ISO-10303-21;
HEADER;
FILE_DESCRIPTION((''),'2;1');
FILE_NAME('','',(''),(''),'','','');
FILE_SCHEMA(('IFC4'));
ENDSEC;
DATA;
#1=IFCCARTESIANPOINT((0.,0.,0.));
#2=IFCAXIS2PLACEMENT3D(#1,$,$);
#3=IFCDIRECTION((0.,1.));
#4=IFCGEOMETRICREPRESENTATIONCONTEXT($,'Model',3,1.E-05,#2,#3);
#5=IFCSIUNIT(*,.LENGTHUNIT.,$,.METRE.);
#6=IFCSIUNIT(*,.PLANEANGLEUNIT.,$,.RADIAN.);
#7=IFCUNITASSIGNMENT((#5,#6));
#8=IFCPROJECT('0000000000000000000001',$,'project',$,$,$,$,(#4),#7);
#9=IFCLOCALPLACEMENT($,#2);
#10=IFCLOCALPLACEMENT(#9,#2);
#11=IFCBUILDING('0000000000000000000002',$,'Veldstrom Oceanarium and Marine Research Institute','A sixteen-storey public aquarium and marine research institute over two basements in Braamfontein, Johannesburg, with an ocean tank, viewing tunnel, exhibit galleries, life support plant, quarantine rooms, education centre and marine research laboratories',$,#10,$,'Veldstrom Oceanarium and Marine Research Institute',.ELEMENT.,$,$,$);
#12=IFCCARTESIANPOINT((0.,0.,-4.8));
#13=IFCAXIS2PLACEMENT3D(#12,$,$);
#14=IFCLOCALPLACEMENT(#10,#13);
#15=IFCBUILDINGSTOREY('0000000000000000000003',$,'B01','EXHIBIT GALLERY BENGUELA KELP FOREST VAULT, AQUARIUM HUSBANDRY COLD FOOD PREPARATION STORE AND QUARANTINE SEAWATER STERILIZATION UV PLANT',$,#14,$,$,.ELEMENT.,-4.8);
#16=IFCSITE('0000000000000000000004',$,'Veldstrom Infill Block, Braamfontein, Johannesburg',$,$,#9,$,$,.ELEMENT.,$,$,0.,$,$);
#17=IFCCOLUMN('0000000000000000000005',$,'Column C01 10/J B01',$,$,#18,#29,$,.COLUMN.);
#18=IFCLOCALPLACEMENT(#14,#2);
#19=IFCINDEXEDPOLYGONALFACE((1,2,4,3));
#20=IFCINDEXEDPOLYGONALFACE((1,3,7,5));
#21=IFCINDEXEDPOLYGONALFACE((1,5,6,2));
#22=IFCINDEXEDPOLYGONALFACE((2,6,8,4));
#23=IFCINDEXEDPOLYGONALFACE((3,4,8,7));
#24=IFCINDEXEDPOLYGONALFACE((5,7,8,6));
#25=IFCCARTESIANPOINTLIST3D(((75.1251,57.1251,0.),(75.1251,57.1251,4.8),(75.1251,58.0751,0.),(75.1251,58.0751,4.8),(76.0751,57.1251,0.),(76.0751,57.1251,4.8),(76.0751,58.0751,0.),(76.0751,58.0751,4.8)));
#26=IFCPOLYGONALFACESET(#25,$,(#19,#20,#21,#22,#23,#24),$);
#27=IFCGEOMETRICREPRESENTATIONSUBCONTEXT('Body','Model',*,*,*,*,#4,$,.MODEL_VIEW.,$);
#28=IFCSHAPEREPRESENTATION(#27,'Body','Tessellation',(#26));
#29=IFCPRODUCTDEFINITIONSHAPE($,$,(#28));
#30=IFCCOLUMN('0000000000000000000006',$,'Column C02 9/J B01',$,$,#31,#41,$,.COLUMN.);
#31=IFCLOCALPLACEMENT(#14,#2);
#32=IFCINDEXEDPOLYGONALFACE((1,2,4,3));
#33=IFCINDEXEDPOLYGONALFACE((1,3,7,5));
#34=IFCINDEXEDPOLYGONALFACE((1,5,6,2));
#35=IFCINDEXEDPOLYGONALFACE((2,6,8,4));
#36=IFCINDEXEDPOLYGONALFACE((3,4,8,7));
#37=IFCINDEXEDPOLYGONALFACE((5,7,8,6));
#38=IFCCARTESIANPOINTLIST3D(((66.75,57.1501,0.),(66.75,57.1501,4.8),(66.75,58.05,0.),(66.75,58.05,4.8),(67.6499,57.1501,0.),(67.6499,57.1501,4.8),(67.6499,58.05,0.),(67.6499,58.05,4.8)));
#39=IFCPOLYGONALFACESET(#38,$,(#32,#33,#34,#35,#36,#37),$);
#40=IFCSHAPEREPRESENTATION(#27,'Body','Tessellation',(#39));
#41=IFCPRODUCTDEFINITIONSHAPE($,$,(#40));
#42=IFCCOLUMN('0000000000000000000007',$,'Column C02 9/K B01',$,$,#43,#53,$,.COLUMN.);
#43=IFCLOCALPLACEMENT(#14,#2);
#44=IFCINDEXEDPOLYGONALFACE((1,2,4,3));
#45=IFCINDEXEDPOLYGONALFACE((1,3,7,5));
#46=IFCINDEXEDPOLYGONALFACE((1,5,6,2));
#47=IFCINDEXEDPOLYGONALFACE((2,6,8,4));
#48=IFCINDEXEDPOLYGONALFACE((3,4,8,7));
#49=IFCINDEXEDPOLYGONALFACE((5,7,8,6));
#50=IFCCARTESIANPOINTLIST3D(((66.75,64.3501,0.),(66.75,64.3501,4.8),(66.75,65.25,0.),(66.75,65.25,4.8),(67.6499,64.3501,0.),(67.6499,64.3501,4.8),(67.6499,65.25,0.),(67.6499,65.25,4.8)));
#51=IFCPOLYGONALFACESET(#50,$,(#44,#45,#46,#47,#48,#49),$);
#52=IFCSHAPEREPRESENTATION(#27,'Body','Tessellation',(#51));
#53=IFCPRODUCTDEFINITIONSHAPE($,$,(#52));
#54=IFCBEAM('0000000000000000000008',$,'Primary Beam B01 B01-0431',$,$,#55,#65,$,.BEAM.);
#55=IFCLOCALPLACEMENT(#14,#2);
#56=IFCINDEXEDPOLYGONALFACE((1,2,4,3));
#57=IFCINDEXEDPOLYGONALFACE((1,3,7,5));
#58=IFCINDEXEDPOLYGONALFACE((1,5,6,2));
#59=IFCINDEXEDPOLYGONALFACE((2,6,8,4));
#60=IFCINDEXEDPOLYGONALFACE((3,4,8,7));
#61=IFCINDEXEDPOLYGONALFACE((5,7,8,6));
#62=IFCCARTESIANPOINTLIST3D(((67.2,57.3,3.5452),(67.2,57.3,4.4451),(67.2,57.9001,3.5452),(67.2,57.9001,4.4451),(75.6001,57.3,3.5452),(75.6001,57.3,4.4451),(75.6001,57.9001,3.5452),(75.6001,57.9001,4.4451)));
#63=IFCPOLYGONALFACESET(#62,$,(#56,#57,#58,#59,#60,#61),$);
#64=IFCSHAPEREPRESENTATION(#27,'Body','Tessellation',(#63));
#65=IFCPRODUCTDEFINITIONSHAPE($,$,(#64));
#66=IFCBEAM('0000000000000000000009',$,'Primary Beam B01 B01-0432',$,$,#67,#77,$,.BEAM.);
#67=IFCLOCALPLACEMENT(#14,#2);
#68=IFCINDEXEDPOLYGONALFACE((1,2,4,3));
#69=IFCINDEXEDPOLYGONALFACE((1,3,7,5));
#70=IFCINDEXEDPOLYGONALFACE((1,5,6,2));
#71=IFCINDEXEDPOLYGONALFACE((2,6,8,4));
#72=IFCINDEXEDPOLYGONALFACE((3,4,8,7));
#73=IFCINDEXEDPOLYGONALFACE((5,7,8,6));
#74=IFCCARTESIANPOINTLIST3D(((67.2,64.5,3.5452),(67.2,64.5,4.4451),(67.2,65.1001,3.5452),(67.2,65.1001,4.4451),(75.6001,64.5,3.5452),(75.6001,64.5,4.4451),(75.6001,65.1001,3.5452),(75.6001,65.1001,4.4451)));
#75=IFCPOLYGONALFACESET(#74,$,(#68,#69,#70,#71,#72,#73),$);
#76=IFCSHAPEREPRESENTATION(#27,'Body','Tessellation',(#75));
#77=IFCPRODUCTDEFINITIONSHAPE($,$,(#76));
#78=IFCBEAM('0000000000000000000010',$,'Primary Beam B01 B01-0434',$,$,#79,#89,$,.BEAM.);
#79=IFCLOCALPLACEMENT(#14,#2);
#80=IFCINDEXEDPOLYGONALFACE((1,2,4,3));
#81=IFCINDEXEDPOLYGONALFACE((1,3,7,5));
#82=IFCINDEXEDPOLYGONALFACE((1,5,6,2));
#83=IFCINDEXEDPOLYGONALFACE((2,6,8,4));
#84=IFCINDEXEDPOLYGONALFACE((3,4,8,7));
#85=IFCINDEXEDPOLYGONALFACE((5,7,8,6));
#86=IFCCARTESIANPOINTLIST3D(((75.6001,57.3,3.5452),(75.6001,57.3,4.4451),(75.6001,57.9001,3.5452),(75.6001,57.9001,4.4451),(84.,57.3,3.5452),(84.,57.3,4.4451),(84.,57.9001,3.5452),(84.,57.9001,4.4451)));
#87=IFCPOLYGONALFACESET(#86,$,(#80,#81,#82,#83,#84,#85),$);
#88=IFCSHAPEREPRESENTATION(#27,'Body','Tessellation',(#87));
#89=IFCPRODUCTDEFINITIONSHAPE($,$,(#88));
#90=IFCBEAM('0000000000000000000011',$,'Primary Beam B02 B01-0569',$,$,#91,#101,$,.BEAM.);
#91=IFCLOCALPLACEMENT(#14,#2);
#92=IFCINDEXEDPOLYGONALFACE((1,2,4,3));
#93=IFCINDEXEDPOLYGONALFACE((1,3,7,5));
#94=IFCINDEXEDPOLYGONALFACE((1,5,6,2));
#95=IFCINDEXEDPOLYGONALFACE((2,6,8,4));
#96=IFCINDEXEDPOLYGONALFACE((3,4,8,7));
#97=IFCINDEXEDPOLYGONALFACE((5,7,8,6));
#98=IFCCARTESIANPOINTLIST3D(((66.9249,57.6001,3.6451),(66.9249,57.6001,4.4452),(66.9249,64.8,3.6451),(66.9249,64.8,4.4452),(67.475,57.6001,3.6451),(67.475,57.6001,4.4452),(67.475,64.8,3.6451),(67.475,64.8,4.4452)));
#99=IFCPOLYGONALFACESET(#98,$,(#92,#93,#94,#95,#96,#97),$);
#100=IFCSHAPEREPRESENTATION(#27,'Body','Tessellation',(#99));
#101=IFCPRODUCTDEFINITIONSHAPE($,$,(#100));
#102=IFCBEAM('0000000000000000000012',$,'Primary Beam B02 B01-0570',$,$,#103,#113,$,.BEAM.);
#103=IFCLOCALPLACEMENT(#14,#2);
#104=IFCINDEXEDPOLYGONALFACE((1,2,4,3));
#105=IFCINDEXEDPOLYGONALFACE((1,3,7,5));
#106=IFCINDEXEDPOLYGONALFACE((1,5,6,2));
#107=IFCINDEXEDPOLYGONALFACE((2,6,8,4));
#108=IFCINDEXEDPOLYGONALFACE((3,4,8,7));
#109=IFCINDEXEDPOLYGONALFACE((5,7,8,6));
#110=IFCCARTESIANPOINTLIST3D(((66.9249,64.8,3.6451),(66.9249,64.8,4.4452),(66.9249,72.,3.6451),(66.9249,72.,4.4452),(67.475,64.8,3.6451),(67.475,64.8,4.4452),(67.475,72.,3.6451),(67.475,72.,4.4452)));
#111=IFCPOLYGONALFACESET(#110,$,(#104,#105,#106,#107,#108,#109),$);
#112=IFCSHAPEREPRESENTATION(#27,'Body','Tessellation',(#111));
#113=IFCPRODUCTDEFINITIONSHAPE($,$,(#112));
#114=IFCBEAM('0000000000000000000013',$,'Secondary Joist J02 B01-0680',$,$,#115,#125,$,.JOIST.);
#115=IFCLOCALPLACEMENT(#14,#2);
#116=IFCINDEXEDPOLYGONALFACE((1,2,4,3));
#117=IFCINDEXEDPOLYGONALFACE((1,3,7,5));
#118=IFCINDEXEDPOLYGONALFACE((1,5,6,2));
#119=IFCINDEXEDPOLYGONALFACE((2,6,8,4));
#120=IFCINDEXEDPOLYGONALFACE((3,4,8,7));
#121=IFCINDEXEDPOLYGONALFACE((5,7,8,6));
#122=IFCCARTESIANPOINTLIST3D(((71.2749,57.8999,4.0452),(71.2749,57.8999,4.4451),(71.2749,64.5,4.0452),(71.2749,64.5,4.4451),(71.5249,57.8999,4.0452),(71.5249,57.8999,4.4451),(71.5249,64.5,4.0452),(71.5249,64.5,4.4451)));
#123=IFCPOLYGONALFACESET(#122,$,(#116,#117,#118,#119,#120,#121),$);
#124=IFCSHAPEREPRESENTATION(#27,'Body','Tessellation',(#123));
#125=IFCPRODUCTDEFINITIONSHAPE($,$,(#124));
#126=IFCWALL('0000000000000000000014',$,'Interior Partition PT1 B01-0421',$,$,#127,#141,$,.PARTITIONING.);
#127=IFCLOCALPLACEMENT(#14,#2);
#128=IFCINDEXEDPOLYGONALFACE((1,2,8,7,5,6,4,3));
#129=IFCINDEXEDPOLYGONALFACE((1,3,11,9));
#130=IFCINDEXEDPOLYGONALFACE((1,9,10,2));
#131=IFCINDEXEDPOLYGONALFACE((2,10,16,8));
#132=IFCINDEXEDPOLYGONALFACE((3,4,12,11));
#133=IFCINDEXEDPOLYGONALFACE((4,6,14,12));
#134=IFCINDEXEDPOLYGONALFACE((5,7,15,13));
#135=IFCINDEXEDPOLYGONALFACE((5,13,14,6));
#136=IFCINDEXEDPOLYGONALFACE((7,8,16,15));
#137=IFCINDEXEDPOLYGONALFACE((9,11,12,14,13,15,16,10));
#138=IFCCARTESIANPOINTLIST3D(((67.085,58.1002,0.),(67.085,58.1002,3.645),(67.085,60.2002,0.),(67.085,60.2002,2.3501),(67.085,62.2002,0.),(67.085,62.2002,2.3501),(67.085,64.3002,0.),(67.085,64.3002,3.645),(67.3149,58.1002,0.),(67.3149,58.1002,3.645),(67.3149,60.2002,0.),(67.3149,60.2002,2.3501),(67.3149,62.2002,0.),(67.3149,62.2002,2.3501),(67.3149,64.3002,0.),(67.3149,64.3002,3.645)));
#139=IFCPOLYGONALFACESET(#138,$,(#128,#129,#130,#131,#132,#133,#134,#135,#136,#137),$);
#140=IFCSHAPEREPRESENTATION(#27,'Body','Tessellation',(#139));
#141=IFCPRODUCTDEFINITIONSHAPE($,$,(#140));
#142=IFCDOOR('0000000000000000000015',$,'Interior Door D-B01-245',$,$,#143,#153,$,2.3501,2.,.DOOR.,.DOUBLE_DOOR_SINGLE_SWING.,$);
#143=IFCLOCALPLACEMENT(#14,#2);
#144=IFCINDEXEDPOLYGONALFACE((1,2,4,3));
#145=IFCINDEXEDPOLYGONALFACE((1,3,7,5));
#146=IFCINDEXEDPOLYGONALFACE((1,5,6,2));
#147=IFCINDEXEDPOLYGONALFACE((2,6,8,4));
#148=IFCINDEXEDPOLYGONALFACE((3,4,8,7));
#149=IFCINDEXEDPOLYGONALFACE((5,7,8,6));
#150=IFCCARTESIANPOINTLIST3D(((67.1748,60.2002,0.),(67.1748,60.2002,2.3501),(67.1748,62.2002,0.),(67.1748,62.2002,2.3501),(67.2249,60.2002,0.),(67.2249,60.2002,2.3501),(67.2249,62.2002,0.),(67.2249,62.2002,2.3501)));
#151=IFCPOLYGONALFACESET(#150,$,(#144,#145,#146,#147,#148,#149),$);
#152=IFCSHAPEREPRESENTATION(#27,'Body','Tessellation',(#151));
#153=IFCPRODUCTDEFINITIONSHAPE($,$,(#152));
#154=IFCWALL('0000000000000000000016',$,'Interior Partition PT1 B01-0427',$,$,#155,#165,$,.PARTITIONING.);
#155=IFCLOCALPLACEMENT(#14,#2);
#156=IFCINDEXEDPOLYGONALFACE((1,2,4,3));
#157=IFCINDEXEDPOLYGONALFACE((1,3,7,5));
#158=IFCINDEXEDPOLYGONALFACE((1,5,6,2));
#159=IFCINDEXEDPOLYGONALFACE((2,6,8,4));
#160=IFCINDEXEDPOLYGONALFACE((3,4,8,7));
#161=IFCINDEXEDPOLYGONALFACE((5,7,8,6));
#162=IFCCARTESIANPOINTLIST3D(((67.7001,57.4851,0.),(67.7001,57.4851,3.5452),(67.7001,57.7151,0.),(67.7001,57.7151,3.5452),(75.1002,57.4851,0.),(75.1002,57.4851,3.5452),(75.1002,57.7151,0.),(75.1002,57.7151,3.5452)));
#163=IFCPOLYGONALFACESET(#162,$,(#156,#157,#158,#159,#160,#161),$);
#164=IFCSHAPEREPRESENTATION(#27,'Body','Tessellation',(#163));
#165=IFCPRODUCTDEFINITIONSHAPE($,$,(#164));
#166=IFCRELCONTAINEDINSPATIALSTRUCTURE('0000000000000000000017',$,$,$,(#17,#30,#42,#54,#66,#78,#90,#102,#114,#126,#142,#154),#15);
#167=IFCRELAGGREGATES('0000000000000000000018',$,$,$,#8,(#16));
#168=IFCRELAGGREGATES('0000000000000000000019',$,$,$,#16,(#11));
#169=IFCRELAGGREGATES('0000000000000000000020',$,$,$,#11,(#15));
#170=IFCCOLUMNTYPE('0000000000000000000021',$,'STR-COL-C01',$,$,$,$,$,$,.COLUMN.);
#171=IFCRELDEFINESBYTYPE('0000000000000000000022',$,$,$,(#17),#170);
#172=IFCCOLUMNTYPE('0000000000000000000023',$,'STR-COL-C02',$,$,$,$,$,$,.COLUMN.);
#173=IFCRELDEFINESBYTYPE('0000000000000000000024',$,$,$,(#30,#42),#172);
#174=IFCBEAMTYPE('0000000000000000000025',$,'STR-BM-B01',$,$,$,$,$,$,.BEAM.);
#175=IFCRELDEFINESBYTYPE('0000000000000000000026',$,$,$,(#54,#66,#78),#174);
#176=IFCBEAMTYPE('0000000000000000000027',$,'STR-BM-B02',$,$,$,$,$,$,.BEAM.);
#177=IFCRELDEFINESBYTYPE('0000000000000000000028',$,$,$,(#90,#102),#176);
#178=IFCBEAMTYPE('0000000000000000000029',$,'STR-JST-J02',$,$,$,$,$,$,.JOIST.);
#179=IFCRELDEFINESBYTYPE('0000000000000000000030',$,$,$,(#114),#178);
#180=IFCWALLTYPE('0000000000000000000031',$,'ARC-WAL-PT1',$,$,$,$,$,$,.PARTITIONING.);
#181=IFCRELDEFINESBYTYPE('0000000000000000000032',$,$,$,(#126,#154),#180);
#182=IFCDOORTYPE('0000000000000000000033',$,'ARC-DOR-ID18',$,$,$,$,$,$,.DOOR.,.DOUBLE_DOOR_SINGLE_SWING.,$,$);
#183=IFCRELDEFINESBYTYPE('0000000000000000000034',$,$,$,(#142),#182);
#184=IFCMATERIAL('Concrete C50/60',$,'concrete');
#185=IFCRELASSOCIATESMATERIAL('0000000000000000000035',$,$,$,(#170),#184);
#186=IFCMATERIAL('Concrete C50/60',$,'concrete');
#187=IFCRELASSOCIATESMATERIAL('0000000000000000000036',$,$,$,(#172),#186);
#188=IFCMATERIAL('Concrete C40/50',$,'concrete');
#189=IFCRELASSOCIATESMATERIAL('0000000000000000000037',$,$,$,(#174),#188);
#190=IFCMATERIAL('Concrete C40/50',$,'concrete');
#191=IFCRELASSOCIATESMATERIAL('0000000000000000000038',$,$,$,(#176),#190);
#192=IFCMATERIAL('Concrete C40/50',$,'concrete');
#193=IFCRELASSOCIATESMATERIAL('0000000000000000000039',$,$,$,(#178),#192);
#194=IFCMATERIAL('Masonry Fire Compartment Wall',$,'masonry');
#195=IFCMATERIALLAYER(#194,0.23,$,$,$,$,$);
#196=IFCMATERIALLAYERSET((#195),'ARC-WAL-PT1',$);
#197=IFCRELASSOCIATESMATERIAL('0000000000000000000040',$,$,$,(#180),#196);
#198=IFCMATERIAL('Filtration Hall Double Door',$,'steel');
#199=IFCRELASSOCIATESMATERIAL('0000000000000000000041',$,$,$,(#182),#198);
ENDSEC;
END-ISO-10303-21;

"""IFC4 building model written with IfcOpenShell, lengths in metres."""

from ifc_helpers import new_model, si_unit, direction, frame, frame_2d, origin, origin_2d, place, context, subcontext, project, spatial, rectangle, extrude, material, layer, layer_set, material_profile, profile_set, type_object, element, fill, save


model = new_model("IFC4")

# Units and contexts
model_context = context("Model", 3, precision=1e-05, world=origin(), true_north=direction((0.0, 1.0)))
body_context = subcontext(model_context, "Body", "Model", "MODEL_VIEW")
ifc_project = project(units=[si_unit("LENGTHUNIT", "METRE"), si_unit("PLANEANGLEUNIT", "RADIAN")], contexts=[model_context])

# Site, building, storey
site_placement = place(None, origin())
site = spatial("IfcSite", under=ifc_project, at=site_placement, Name="Veldstrom Infill Block, Braamfontein, Johannesburg", CompositionType="ELEMENT", RefElevation=0.0)
building_placement = place(site_placement, origin())
building = spatial("IfcBuilding", under=site, at=building_placement, Name="Veldstrom Oceanarium and Marine Research Institute", Description="A sixteen-storey public aquarium and marine research institute over two basements in Braamfontein, Johannesburg, with an ocean tank, viewing tunnel, exhibit galleries, life support plant, quarantine rooms, education centre and marine research laboratories", LongName="Veldstrom Oceanarium and Marine Research Institute", CompositionType="ELEMENT")
storey_placement = place(building_placement, frame((0.0, 0.0, -4.8)))
storey = spatial("IfcBuildingStorey", under=building, at=storey_placement, Name="B01", Description="EXHIBIT GALLERY BENGUELA KELP FOREST VAULT, AQUARIUM HUSBANDRY COLD FOOD PREPARATION STORE AND QUARANTINE SEAWATER STERILIZATION UV PLANT", CompositionType="ELEMENT", Elevation=-4.8)

# Columns
ifc_material_1 = material(Name="Concrete C50/60", Category="concrete")
ifc_material_profile_1 = material_profile(ifc_material_1, rectangle(XDim=0.95, YDim=0.95, at=origin_2d()), Name="RC-COL-950x950")
ifc_profile_set_1 = profile_set([ifc_material_profile_1], Name="Concrete C50/60")
column_type_1 = type_object("IfcColumnType", Name="STR-COL-C01", PredefinedType="COLUMN", material=ifc_profile_set_1)
column_placement = place(storey_placement, frame((75.6001, 57.6001, 0.0), z_axis=(0.0, 0.0, 1.0), x_axis=(1.0, 0.0, 0.0)))
element("IfcColumn", 1, at=column_placement, inside=storey, type_object=column_type_1, Name="Column C01 10/J B01", PredefinedType="COLUMN", context=body_context, shape_type="SweptSolid", body=[
    extrude(rectangle(XDim=0.95, YDim=0.95, at=origin_2d()), origin(), (0.0, 0.0, 1.0), 4.8),
])
ifc_material_2 = material(Name="Concrete C50/60", Category="concrete")
ifc_material_profile_2 = material_profile(ifc_material_2, rectangle(XDim=0.8999, YDim=0.8999, at=origin_2d()), Name="RC-COL-900x900")
ifc_profile_set_2 = profile_set([ifc_material_profile_2], Name="Concrete C50/60")
column_type_2 = type_object("IfcColumnType", Name="STR-COL-C02", PredefinedType="COLUMN", material=ifc_profile_set_2)
for number, where, z_axis, x_axis, name in (
    (2, (67.2, 57.6001, 0.0), (0.0, 0.0, 1.0), (1.0, 0.0, 0.0), "Column C02 9/J B01"),
    (3, (67.2, 64.8, 0.0), (0.0, 0.0, 1.0), (1.0, 0.0, 0.0), "Column C02 9/K B01"),
):
    element("IfcColumn", number, at=place(storey_placement, frame(where, z_axis=z_axis, x_axis=x_axis)), inside=storey, type_object=column_type_2, Name=name, PredefinedType="COLUMN", context=body_context, shape_type="SweptSolid", body=[
        extrude(rectangle(XDim=0.8999, YDim=0.8999, at=origin_2d()), origin(), (0.0, 0.0, 1.0), 4.8),
    ])

# Beams
ifc_material_3 = material(Name="Concrete C40/50", Category="concrete")
ifc_material_profile_3 = material_profile(ifc_material_3, rectangle(XDim=0.6001, YDim=0.8999, at=origin_2d()), Name="RC-BM-600x900")
ifc_profile_set_3 = profile_set([ifc_material_profile_3], Name="Concrete C40/50")
beam_type_1 = type_object("IfcBeamType", Name="STR-BM-B01", PredefinedType="BEAM", material=ifc_profile_set_3)
for number, where, z_axis, x_axis, name in (
    (4, (67.2, 57.6001, 3.9951), (1.0, 0.0, 0.0), (0.0, 1.0, 0.0), "Primary Beam B01 B01-0431"),
    (5, (67.2, 64.8, 3.9951), (1.0, 0.0, 0.0), (0.0, 1.0, 0.0), "Primary Beam B01 B01-0432"),
):
    element("IfcBeam", number, at=place(storey_placement, frame(where, z_axis=z_axis, x_axis=x_axis)), inside=storey, type_object=beam_type_1, Name=name, PredefinedType="BEAM", context=body_context, shape_type="SweptSolid", body=[
        extrude(rectangle(XDim=0.6001, YDim=0.8999, at=origin_2d()), origin(), (0.0, 0.0, 1.0), 8.4001),
    ])
beam_1_placement = place(storey_placement, frame((75.6001, 57.6001, 3.9951), z_axis=(1.0, 0.0, 0.0), x_axis=(0.0, 1.0, 0.0)))
element("IfcBeam", 6, at=beam_1_placement, inside=storey, type_object=beam_type_1, Name="Primary Beam B01 B01-0434", PredefinedType="BEAM", context=body_context, shape_type="SweptSolid", body=[
    extrude(rectangle(XDim=0.6001, YDim=0.8999, at=origin_2d()), origin(), (0.0, 0.0, 1.0), 8.3999),
])
ifc_material_4 = material(Name="Concrete C40/50", Category="concrete")
ifc_material_profile_4 = material_profile(ifc_material_4, rectangle(XDim=0.55, YDim=0.8, at=origin_2d()), Name="RC-BM-550x800")
ifc_profile_set_4 = profile_set([ifc_material_profile_4], Name="Concrete C40/50")
beam_type_2 = type_object("IfcBeamType", Name="STR-BM-B02", PredefinedType="BEAM", material=ifc_profile_set_4)
for number, where, z_axis, x_axis, name in (
    (7, (67.2, 57.6001, 4.0452), (0.0, 1.0, 0.0), (-1.0, 0.0, 0.0), "Primary Beam B02 B01-0569"),
    (8, (67.2, 64.8, 4.0452), (0.0, 1.0, 0.0), (-1.0, 0.0, 0.0), "Primary Beam B02 B01-0570"),
):
    element("IfcBeam", number, at=place(storey_placement, frame(where, z_axis=z_axis, x_axis=x_axis)), inside=storey, type_object=beam_type_2, Name=name, PredefinedType="BEAM", context=body_context, shape_type="SweptSolid", body=[
        extrude(rectangle(XDim=0.55, YDim=0.8, at=origin_2d()), origin(), (0.0, 0.0, 1.0), 7.2),
    ])
ifc_material_5 = material(Name="Concrete C40/50", Category="concrete")
ifc_material_profile_5 = material_profile(ifc_material_5, rectangle(XDim=0.25, YDim=0.3999, at=origin_2d()), Name="RC-JST-250x400")
ifc_profile_set_5 = profile_set([ifc_material_profile_5], Name="Concrete C40/50")
beam_type_3 = type_object("IfcBeamType", Name="STR-JST-J02", PredefinedType="JOIST", material=ifc_profile_set_5)
beam_2_placement = place(storey_placement, frame((71.3999, 57.8999, 4.2451), z_axis=(0.0, 1.0, 0.0), x_axis=(-1.0, 0.0, 0.0)))
element("IfcBeam", 9, at=beam_2_placement, inside=storey, type_object=beam_type_3, Name="Secondary Joist J02 B01-0680", PredefinedType="JOIST", context=body_context, shape_type="SweptSolid", body=[
    extrude(rectangle(XDim=0.25, YDim=0.3999, at=origin_2d()), origin(), (0.0, 0.0, 1.0), 6.6001),
])

# Wall, opening, door
ifc_material_6 = material(Name="Masonry Fire Compartment Wall", Category="masonry")
ifc_layer_1 = layer(ifc_material_6, 0.23)
ifc_layer_set_1 = layer_set([ifc_layer_1], Name="ARC-WAL-PT1")
wall_type_1 = type_object("IfcWallType", Name="ARC-WAL-PT1", PredefinedType="PARTITIONING", material=ifc_layer_set_1)
wall_1_placement = place(storey_placement, frame((67.2, 58.1001, 0.0), z_axis=(0.0, 0.0, 1.0), x_axis=(0.0, 1.0, 0.0)))
wall_1 = element("IfcWall", 10, at=wall_1_placement, inside=storey, type_object=wall_type_1, Name="Interior Partition PT1 B01-0421", PredefinedType="PARTITIONING", context=body_context, shape_type="SweptSolid", body=[
    extrude(rectangle(XDim=6.2, YDim=0.23, at=frame_2d((3.1001, 0.0))), origin(), (0.0, 0.0, 1.0), 3.645),
])
opening_1_placement = place(wall_1_placement, frame((2.1001, 0.0, 0.0)))
opening_1 = element("IfcOpeningElement", 11, at=opening_1_placement, cuts=wall_1, PredefinedType="OPENING", context=body_context, shape_type="SweptSolid", body=[
    extrude(rectangle(XDim=2.0, YDim=2.3501, at=frame_2d((1.0, 1.175))), frame((0.0, 0.125, 0.0), z_axis=(0.0, -1.0, 0.0), x_axis=(1.0, 0.0, 0.0)), (0.0, 0.0, 1.0), 0.25),
])
ifc_material_7 = material(Name="Filtration Hall Double Door", Category="steel")
door_type_1 = type_object("IfcDoorType", Name="ARC-DOR-ID18", OperationType="DOUBLE_DOOR_SINGLE_SWING", PredefinedType="DOOR", material=ifc_material_7)
door_1_placement = place(opening_1_placement, frame((2.0, 0.0, 0.0), z_axis=(0.0, 0.0, 1.0), x_axis=(-1.0, 0.0, 0.0)))
door_1 = element("IfcDoor", 12, at=door_1_placement, inside=storey, type_object=door_type_1, Name="Interior Door D-B01-245", OperationType="DOUBLE_DOOR_SINGLE_SWING", OverallHeight=2.3501, OverallWidth=2.0, PredefinedType="DOOR", context=body_context, shape_type="SweptSolid", body=[
    extrude(rectangle(XDim=2.0, YDim=2.3501, at=frame_2d((1.0, 1.175))), frame((0.0, 0.0249, 0.0), z_axis=(0.0, -1.0, 0.0), x_axis=(1.0, 0.0, 0.0)), (0.0, 0.0, 1.0), 0.05),
])
fill(opening_1, door_1)

# Wall
wall_2_placement = place(storey_placement, frame((67.7, 57.6001, 0.0), z_axis=(0.0, 0.0, 1.0), x_axis=(1.0, 0.0, 0.0)))
element("IfcWall", 13, at=wall_2_placement, inside=storey, type_object=wall_type_1, Name="Interior Partition PT1 B01-0427", PredefinedType="PARTITIONING", context=body_context, shape_type="SweptSolid", body=[
    extrude(rectangle(XDim=7.4001, YDim=0.23, at=frame_2d((3.7002, 0.0))), origin(), (0.0, 0.0, 1.0), 3.5452),
])

save(model, "model.ifc")
